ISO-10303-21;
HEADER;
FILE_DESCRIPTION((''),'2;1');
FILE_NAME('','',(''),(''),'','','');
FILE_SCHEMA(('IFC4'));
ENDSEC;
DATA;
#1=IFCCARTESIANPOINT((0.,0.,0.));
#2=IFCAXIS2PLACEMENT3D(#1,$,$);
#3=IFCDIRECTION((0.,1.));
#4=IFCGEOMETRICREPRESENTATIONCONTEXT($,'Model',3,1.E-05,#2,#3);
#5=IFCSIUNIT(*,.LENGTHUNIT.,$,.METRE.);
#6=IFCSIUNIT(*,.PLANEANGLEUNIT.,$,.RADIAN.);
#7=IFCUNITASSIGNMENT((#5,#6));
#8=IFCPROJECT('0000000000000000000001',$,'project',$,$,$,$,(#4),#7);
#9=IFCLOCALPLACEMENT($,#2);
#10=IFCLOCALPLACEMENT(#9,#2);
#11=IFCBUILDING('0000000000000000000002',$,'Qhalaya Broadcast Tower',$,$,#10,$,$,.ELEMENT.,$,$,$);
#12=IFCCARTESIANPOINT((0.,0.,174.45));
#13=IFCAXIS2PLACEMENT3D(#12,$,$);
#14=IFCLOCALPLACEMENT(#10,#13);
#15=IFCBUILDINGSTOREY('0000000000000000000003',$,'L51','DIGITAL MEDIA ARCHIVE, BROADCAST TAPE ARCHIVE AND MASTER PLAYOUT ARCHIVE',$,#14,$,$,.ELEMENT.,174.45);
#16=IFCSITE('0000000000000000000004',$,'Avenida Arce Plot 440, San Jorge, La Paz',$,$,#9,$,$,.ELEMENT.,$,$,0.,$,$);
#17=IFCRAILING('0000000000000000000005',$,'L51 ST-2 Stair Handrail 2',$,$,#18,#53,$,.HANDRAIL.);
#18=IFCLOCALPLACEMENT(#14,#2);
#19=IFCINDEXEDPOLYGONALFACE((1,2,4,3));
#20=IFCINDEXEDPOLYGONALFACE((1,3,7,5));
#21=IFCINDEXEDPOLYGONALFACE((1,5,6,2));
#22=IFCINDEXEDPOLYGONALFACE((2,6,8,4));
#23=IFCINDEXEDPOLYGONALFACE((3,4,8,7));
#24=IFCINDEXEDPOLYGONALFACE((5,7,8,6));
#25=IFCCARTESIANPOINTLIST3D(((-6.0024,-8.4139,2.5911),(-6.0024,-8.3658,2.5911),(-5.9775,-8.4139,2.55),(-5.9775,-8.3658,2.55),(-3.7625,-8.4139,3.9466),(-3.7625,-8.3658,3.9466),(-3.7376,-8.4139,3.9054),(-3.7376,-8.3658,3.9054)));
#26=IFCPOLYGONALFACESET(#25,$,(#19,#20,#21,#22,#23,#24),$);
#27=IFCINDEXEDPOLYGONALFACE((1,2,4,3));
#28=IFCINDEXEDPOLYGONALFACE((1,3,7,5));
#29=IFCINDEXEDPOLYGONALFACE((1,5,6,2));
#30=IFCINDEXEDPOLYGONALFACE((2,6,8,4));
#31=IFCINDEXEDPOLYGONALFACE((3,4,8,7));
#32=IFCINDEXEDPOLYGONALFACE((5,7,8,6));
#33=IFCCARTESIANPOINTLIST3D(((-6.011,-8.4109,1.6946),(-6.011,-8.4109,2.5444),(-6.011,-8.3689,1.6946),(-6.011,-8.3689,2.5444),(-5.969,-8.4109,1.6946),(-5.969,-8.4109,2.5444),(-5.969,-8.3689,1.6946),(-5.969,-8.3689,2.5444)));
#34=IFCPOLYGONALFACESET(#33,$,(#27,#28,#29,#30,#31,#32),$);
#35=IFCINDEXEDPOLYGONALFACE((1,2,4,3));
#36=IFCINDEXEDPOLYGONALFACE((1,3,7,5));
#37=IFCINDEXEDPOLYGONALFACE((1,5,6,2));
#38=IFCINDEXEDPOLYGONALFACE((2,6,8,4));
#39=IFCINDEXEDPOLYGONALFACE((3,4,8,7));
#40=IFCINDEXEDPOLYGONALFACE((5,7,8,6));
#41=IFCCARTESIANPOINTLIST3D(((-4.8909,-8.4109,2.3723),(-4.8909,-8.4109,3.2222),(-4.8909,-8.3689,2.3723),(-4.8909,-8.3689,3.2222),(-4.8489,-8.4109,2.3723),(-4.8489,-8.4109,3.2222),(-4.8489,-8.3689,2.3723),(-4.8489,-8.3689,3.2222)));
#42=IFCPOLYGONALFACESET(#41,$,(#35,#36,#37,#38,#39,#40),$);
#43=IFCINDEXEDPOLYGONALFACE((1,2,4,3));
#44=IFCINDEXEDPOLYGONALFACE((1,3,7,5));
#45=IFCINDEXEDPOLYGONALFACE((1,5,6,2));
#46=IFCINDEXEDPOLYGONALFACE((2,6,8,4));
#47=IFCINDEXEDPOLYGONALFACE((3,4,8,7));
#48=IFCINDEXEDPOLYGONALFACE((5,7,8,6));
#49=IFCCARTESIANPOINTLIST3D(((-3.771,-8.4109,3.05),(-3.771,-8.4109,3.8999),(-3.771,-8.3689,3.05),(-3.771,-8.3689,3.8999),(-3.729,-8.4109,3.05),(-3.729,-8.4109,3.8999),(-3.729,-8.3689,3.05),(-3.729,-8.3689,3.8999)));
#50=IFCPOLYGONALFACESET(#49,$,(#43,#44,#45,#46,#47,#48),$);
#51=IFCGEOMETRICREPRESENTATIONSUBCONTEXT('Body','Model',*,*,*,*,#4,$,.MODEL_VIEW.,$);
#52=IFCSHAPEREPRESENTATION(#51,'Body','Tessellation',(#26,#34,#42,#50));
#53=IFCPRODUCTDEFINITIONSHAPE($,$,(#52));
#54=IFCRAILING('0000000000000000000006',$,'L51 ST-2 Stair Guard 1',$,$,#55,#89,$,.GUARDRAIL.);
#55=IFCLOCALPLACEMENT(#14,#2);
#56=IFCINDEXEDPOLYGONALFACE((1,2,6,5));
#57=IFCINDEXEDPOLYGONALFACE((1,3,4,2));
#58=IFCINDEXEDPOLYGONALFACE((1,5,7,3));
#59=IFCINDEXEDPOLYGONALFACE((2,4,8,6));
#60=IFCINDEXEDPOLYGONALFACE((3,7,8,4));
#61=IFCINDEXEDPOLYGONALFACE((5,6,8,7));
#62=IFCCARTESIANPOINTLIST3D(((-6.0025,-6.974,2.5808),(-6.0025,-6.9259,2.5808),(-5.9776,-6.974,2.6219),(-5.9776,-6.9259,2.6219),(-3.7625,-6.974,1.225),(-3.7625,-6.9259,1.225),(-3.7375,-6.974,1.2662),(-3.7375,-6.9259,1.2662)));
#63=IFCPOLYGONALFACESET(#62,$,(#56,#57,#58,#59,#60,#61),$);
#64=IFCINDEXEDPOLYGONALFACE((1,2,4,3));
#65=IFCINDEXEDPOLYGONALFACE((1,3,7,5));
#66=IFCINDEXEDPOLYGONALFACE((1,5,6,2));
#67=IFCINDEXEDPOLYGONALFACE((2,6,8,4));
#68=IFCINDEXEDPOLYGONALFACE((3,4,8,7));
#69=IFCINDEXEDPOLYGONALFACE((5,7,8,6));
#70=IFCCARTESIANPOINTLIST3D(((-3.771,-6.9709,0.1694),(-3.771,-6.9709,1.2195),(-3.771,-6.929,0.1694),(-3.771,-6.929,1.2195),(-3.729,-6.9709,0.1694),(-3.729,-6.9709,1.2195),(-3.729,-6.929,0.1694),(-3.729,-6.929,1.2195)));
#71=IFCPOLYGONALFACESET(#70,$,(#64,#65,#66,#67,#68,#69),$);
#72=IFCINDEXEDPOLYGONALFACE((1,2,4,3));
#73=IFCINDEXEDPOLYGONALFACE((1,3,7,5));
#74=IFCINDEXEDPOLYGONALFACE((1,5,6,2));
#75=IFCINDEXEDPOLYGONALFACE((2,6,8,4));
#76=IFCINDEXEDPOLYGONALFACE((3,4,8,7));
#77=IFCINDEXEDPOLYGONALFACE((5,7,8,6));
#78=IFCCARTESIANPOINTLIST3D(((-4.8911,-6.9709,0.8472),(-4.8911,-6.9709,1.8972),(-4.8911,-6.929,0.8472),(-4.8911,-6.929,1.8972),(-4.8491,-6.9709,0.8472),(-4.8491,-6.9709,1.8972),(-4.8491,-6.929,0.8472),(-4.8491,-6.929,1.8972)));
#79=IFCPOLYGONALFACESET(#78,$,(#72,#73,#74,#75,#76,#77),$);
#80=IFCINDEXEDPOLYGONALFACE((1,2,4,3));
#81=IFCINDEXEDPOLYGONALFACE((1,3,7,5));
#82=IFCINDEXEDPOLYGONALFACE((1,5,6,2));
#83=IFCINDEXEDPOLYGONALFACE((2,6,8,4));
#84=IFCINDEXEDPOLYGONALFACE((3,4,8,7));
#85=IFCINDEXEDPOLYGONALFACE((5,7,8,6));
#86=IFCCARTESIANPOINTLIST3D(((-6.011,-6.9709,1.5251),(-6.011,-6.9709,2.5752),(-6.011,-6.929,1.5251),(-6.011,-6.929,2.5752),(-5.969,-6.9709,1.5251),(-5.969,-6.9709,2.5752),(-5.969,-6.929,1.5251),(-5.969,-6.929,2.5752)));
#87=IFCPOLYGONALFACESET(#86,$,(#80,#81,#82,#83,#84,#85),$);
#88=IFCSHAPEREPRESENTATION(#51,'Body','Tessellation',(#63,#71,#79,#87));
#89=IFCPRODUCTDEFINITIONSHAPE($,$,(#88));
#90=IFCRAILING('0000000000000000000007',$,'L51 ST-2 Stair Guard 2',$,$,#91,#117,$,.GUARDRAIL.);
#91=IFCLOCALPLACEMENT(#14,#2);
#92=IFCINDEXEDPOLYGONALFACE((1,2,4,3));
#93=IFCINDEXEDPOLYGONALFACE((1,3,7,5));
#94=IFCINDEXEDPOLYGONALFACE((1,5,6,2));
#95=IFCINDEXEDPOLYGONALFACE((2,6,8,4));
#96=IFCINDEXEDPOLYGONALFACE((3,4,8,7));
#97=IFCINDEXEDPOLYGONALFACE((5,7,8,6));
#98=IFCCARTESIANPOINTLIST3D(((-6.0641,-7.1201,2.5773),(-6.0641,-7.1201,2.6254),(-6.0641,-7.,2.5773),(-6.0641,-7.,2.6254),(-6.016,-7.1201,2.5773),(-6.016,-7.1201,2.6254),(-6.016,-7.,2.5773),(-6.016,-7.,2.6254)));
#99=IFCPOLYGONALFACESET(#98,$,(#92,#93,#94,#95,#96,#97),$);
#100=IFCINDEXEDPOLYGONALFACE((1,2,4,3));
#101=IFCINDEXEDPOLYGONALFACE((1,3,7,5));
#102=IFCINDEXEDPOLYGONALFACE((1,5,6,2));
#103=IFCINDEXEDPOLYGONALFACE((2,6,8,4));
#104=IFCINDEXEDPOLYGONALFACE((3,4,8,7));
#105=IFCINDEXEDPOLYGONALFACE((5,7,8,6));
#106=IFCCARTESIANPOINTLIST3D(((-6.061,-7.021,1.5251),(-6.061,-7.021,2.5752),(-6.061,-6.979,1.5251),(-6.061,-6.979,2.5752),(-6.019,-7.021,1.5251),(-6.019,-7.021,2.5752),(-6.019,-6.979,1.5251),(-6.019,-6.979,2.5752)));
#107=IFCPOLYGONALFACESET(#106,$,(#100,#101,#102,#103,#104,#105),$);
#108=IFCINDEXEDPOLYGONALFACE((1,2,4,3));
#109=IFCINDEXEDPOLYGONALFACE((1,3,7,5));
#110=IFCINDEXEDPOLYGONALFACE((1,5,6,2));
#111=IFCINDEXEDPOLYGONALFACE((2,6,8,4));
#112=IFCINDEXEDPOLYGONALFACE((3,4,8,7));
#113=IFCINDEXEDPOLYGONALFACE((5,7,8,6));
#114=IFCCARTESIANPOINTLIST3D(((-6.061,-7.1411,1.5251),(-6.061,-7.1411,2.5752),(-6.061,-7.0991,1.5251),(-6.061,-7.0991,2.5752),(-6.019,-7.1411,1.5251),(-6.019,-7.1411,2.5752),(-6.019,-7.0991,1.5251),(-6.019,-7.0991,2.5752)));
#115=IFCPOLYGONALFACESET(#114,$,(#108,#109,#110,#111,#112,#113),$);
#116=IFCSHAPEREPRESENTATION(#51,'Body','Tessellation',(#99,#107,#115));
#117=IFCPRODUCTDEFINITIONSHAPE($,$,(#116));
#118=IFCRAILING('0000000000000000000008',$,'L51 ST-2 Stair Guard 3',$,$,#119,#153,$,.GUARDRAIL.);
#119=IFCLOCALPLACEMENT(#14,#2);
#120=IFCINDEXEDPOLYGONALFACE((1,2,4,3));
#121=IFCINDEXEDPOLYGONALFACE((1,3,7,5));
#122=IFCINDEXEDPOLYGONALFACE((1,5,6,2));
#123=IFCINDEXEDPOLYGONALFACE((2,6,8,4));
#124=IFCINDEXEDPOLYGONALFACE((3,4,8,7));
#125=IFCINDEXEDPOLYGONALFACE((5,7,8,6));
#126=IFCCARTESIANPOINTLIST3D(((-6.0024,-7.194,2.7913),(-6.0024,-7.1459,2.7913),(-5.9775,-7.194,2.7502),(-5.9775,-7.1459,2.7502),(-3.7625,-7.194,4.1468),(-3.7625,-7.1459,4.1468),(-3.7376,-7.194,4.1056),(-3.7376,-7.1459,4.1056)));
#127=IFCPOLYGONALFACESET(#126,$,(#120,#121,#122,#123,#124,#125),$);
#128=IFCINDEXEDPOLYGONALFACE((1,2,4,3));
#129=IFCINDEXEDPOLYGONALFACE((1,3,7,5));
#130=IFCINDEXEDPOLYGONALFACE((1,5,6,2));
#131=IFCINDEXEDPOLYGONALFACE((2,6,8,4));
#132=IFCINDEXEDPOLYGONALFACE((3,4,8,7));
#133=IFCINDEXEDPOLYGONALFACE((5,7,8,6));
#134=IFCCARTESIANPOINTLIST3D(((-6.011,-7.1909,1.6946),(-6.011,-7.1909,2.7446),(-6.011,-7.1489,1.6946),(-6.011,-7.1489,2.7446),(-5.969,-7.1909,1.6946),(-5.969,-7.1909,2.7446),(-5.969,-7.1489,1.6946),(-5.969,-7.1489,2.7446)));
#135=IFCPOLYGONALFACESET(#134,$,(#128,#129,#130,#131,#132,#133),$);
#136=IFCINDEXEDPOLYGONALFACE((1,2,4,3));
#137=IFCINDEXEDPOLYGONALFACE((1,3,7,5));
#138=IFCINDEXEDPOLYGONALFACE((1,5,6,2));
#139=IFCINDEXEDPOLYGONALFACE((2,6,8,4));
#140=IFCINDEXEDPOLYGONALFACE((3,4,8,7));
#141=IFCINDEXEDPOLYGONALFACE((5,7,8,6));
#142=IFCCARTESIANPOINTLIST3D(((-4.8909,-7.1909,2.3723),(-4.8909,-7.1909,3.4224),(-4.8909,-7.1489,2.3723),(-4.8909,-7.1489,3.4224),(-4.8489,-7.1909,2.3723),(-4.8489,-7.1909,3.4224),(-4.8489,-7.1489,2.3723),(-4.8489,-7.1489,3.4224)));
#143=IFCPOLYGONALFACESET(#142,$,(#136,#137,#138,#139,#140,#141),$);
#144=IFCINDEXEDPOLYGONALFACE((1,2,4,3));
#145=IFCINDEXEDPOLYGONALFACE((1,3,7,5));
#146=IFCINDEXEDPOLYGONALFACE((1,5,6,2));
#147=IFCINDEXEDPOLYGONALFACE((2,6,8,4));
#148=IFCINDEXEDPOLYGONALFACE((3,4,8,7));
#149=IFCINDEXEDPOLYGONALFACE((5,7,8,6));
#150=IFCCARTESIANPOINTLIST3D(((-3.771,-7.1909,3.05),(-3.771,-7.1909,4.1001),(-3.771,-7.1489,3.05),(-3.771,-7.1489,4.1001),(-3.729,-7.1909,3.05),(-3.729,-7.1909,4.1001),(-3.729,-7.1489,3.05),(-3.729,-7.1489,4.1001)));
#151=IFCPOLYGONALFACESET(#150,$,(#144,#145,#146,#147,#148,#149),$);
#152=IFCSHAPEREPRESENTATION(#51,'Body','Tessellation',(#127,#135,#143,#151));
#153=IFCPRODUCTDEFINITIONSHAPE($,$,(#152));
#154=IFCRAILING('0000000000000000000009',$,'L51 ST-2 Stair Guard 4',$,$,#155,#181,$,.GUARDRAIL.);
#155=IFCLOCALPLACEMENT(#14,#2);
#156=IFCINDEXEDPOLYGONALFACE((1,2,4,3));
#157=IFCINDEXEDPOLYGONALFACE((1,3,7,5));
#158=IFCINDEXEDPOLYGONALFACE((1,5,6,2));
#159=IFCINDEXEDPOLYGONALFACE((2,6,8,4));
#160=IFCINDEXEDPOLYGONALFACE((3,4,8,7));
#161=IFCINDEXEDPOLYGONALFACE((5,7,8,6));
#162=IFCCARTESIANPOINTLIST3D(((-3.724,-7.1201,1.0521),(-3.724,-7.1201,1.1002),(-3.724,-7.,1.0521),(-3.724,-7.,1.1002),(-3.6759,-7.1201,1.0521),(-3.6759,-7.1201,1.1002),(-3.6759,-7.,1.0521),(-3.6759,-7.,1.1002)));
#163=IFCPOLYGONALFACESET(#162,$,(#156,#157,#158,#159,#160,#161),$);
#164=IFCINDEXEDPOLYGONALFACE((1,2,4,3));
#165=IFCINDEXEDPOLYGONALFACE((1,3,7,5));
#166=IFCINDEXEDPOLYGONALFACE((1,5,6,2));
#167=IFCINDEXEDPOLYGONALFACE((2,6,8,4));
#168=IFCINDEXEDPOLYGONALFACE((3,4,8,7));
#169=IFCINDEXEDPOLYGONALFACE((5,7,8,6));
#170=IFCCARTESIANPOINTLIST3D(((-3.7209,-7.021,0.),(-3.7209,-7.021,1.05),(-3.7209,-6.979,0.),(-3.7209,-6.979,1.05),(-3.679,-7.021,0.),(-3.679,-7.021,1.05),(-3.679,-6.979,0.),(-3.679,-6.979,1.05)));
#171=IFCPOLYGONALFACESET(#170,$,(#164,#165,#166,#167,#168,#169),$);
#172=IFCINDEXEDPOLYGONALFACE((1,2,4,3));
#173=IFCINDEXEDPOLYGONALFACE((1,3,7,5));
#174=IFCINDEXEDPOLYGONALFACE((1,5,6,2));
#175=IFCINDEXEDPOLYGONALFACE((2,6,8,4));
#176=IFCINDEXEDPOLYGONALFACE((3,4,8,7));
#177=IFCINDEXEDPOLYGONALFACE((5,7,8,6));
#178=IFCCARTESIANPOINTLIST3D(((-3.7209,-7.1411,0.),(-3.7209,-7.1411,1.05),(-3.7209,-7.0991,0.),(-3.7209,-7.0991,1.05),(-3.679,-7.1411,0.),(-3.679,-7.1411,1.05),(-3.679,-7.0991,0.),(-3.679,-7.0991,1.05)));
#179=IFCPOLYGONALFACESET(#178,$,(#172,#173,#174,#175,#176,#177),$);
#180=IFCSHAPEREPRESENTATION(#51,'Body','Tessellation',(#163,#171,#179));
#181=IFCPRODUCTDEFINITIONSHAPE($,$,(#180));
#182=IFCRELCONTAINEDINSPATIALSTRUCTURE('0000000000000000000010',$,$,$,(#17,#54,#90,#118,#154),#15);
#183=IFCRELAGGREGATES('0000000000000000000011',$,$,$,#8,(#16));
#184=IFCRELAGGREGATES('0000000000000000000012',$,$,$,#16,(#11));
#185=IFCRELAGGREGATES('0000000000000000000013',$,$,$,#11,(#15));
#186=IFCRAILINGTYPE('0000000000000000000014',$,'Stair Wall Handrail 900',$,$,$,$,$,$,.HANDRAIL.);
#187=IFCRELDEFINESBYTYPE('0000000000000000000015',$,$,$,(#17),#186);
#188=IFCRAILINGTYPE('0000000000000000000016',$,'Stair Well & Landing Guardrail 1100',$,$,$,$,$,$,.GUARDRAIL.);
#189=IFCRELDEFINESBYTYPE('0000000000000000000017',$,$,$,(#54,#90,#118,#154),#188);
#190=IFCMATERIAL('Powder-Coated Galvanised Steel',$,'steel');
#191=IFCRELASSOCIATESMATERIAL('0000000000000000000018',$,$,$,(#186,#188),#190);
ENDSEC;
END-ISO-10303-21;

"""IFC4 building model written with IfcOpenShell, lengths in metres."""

from ifc_helpers import new_model, si_unit, direction, frame, origin, origin_2d, place, context, subcontext, project, spatial, rectangle, extrude, material, type_object, element, save


model = new_model("IFC4")

# Units and contexts
model_context = context("Model", 3, precision=1e-05, world=origin(), true_north=direction((0.0, 1.0)))
body_context = subcontext(model_context, "Body", "Model", "MODEL_VIEW")
ifc_project = project(units=[si_unit("LENGTHUNIT", "METRE"), si_unit("PLANEANGLEUNIT", "RADIAN")], contexts=[model_context])

# Site, building, storey
site_placement = place(None, origin())
site = spatial("IfcSite", under=ifc_project, at=site_placement, Name="Avenida Arce Plot 440, San Jorge, La Paz", CompositionType="ELEMENT", RefElevation=0.0)
building_placement = place(site_placement, origin())
building = spatial("IfcBuilding", under=site, at=building_placement, Name="Qhalaya Broadcast Tower", CompositionType="ELEMENT")
storey_placement = place(building_placement, frame((0.0, 0.0, 174.45)))
storey = spatial("IfcBuildingStorey", under=building, at=storey_placement, Name="L51", Description="DIGITAL MEDIA ARCHIVE, BROADCAST TAPE ARCHIVE AND MASTER PLAYOUT ARCHIVE", CompositionType="ELEMENT", Elevation=174.45)

# Railings
ifc_material_1 = material(Name="Powder-Coated Galvanised Steel", Category="steel")
railing_type_1 = type_object("IfcRailingType", Name="Stair Wall Handrail 900", PredefinedType="HANDRAIL", material=ifc_material_1)
railing_1_placement = place(storey_placement, frame((-5.99, -8.3899, 1.6946)))
element("IfcRailing", 1, at=railing_1_placement, inside=storey, type_object=railing_type_1, Name="L51 ST-2 Stair Handrail 2", PredefinedType="HANDRAIL", context=body_context, shape_type="SweptSolid", body=[
    extrude(rectangle(XDim=0.0481, YDim=0.0481, at=origin_2d()), frame((0.0, 0.0, 0.876), z_axis=(0.855553, 0.0, 0.517715), x_axis=(0.0, 1.0, 0.0)), (0.0, 0.0, 1.0), 2.6182),
    extrude(rectangle(XDim=0.042, YDim=0.042, at=origin_2d()), origin(), (0.0, 0.0, 1.0), 0.8499),
    extrude(rectangle(XDim=0.042, YDim=0.042, at=origin_2d()), frame((1.1201, 0.0, 0.6777)), (0.0, 0.0, 1.0), 0.8499),
    extrude(rectangle(XDim=0.042, YDim=0.042, at=origin_2d()), frame((2.24, 0.0, 1.3555)), (0.0, 0.0, 1.0), 0.8499),
])
railing_type_2 = type_object("IfcRailingType", Name="Stair Well & Landing Guardrail 1100", PredefinedType="GUARDRAIL", material=ifc_material_1)
railing_2_placement = place(storey_placement, frame((-3.75, -6.95, 0.1694)))
element("IfcRailing", 2, at=railing_2_placement, inside=storey, type_object=railing_type_2, Name="L51 ST-2 Stair Guard 1", PredefinedType="GUARDRAIL", context=body_context, shape_type="SweptSolid", body=[
    extrude(rectangle(XDim=0.0481, YDim=0.0481, at=origin_2d()), frame((0.0, 0.0, 1.0762), z_axis=(-0.855512, 0.0, 0.517783), x_axis=(0.0, -1.0, 0.0)), (0.0, 0.0, 1.0), 2.6184),
    extrude(rectangle(XDim=0.042, YDim=0.042, at=origin_2d()), origin(), (0.0, 0.0, 1.0), 1.05),
    extrude(rectangle(XDim=0.042, YDim=0.042, at=origin_2d()), frame((-1.1201, 0.0, 0.6777)), (0.0, 0.0, 1.0), 1.05),
    extrude(rectangle(XDim=0.042, YDim=0.042, at=origin_2d()), frame((-2.24, 0.0, 1.3557)), (0.0, 0.0, 1.0), 1.05),
])
railing_3_placement = place(storey_placement, frame((-6.04, -7.0, 1.5251)))
element("IfcRailing", 3, at=railing_3_placement, inside=storey, type_object=railing_type_2, Name="L51 ST-2 Stair Guard 2", PredefinedType="GUARDRAIL", context=body_context, shape_type="SweptSolid", body=[
    extrude(rectangle(XDim=0.0481, YDim=0.0481, at=origin_2d()), frame((0.0, 0.0, 1.0762), z_axis=(0.0, -1.0, 0.0), x_axis=(1.0, 0.0, 0.0)), (0.0, 0.0, 1.0), 0.1201),
    extrude(rectangle(XDim=0.042, YDim=0.042, at=origin_2d()), origin(), (0.0, 0.0, 1.0), 1.05),
    extrude(rectangle(XDim=0.042, YDim=0.042, at=origin_2d()), frame((0.0, -0.1201, 0.0)), (0.0, 0.0, 1.0), 1.05),
])
railing_4_placement = place(storey_placement, frame((-5.99, -7.1699, 1.6946)))
element("IfcRailing", 4, at=railing_4_placement, inside=storey, type_object=railing_type_2, Name="L51 ST-2 Stair Guard 3", PredefinedType="GUARDRAIL", context=body_context, shape_type="SweptSolid", body=[
    extrude(rectangle(XDim=0.0481, YDim=0.0481, at=origin_2d()), frame((0.0, 0.0, 1.0762), z_axis=(0.855553, 0.0, 0.517715), x_axis=(0.0, 1.0, 0.0)), (0.0, 0.0, 1.0), 2.6182),
    extrude(rectangle(XDim=0.042, YDim=0.042, at=origin_2d()), origin(), (0.0, 0.0, 1.0), 1.05),
    extrude(rectangle(XDim=0.042, YDim=0.042, at=origin_2d()), frame((1.1201, 0.0, 0.6777)), (0.0, 0.0, 1.0), 1.05),
    extrude(rectangle(XDim=0.042, YDim=0.042, at=origin_2d()), frame((2.24, 0.0, 1.3555)), (0.0, 0.0, 1.0), 1.05),
])
railing_5_placement = place(storey_placement, frame((-3.7, -7.0, 0.0)))
element("IfcRailing", 5, at=railing_5_placement, inside=storey, type_object=railing_type_2, Name="L51 ST-2 Stair Guard 4", PredefinedType="GUARDRAIL", context=body_context, shape_type="SweptSolid", body=[
    extrude(rectangle(XDim=0.0481, YDim=0.0481, at=origin_2d()), frame((0.0, 0.0, 1.0762), z_axis=(0.0, -1.0, 0.0), x_axis=(1.0, 0.0, 0.0)), (0.0, 0.0, 1.0), 0.1201),
    extrude(rectangle(XDim=0.042, YDim=0.042, at=origin_2d()), origin(), (0.0, 0.0, 1.0), 1.05),
    extrude(rectangle(XDim=0.042, YDim=0.042, at=origin_2d()), frame((0.0, -0.1201, 0.0)), (0.0, 0.0, 1.0), 1.05),
])

save(model, "model.ifc")
